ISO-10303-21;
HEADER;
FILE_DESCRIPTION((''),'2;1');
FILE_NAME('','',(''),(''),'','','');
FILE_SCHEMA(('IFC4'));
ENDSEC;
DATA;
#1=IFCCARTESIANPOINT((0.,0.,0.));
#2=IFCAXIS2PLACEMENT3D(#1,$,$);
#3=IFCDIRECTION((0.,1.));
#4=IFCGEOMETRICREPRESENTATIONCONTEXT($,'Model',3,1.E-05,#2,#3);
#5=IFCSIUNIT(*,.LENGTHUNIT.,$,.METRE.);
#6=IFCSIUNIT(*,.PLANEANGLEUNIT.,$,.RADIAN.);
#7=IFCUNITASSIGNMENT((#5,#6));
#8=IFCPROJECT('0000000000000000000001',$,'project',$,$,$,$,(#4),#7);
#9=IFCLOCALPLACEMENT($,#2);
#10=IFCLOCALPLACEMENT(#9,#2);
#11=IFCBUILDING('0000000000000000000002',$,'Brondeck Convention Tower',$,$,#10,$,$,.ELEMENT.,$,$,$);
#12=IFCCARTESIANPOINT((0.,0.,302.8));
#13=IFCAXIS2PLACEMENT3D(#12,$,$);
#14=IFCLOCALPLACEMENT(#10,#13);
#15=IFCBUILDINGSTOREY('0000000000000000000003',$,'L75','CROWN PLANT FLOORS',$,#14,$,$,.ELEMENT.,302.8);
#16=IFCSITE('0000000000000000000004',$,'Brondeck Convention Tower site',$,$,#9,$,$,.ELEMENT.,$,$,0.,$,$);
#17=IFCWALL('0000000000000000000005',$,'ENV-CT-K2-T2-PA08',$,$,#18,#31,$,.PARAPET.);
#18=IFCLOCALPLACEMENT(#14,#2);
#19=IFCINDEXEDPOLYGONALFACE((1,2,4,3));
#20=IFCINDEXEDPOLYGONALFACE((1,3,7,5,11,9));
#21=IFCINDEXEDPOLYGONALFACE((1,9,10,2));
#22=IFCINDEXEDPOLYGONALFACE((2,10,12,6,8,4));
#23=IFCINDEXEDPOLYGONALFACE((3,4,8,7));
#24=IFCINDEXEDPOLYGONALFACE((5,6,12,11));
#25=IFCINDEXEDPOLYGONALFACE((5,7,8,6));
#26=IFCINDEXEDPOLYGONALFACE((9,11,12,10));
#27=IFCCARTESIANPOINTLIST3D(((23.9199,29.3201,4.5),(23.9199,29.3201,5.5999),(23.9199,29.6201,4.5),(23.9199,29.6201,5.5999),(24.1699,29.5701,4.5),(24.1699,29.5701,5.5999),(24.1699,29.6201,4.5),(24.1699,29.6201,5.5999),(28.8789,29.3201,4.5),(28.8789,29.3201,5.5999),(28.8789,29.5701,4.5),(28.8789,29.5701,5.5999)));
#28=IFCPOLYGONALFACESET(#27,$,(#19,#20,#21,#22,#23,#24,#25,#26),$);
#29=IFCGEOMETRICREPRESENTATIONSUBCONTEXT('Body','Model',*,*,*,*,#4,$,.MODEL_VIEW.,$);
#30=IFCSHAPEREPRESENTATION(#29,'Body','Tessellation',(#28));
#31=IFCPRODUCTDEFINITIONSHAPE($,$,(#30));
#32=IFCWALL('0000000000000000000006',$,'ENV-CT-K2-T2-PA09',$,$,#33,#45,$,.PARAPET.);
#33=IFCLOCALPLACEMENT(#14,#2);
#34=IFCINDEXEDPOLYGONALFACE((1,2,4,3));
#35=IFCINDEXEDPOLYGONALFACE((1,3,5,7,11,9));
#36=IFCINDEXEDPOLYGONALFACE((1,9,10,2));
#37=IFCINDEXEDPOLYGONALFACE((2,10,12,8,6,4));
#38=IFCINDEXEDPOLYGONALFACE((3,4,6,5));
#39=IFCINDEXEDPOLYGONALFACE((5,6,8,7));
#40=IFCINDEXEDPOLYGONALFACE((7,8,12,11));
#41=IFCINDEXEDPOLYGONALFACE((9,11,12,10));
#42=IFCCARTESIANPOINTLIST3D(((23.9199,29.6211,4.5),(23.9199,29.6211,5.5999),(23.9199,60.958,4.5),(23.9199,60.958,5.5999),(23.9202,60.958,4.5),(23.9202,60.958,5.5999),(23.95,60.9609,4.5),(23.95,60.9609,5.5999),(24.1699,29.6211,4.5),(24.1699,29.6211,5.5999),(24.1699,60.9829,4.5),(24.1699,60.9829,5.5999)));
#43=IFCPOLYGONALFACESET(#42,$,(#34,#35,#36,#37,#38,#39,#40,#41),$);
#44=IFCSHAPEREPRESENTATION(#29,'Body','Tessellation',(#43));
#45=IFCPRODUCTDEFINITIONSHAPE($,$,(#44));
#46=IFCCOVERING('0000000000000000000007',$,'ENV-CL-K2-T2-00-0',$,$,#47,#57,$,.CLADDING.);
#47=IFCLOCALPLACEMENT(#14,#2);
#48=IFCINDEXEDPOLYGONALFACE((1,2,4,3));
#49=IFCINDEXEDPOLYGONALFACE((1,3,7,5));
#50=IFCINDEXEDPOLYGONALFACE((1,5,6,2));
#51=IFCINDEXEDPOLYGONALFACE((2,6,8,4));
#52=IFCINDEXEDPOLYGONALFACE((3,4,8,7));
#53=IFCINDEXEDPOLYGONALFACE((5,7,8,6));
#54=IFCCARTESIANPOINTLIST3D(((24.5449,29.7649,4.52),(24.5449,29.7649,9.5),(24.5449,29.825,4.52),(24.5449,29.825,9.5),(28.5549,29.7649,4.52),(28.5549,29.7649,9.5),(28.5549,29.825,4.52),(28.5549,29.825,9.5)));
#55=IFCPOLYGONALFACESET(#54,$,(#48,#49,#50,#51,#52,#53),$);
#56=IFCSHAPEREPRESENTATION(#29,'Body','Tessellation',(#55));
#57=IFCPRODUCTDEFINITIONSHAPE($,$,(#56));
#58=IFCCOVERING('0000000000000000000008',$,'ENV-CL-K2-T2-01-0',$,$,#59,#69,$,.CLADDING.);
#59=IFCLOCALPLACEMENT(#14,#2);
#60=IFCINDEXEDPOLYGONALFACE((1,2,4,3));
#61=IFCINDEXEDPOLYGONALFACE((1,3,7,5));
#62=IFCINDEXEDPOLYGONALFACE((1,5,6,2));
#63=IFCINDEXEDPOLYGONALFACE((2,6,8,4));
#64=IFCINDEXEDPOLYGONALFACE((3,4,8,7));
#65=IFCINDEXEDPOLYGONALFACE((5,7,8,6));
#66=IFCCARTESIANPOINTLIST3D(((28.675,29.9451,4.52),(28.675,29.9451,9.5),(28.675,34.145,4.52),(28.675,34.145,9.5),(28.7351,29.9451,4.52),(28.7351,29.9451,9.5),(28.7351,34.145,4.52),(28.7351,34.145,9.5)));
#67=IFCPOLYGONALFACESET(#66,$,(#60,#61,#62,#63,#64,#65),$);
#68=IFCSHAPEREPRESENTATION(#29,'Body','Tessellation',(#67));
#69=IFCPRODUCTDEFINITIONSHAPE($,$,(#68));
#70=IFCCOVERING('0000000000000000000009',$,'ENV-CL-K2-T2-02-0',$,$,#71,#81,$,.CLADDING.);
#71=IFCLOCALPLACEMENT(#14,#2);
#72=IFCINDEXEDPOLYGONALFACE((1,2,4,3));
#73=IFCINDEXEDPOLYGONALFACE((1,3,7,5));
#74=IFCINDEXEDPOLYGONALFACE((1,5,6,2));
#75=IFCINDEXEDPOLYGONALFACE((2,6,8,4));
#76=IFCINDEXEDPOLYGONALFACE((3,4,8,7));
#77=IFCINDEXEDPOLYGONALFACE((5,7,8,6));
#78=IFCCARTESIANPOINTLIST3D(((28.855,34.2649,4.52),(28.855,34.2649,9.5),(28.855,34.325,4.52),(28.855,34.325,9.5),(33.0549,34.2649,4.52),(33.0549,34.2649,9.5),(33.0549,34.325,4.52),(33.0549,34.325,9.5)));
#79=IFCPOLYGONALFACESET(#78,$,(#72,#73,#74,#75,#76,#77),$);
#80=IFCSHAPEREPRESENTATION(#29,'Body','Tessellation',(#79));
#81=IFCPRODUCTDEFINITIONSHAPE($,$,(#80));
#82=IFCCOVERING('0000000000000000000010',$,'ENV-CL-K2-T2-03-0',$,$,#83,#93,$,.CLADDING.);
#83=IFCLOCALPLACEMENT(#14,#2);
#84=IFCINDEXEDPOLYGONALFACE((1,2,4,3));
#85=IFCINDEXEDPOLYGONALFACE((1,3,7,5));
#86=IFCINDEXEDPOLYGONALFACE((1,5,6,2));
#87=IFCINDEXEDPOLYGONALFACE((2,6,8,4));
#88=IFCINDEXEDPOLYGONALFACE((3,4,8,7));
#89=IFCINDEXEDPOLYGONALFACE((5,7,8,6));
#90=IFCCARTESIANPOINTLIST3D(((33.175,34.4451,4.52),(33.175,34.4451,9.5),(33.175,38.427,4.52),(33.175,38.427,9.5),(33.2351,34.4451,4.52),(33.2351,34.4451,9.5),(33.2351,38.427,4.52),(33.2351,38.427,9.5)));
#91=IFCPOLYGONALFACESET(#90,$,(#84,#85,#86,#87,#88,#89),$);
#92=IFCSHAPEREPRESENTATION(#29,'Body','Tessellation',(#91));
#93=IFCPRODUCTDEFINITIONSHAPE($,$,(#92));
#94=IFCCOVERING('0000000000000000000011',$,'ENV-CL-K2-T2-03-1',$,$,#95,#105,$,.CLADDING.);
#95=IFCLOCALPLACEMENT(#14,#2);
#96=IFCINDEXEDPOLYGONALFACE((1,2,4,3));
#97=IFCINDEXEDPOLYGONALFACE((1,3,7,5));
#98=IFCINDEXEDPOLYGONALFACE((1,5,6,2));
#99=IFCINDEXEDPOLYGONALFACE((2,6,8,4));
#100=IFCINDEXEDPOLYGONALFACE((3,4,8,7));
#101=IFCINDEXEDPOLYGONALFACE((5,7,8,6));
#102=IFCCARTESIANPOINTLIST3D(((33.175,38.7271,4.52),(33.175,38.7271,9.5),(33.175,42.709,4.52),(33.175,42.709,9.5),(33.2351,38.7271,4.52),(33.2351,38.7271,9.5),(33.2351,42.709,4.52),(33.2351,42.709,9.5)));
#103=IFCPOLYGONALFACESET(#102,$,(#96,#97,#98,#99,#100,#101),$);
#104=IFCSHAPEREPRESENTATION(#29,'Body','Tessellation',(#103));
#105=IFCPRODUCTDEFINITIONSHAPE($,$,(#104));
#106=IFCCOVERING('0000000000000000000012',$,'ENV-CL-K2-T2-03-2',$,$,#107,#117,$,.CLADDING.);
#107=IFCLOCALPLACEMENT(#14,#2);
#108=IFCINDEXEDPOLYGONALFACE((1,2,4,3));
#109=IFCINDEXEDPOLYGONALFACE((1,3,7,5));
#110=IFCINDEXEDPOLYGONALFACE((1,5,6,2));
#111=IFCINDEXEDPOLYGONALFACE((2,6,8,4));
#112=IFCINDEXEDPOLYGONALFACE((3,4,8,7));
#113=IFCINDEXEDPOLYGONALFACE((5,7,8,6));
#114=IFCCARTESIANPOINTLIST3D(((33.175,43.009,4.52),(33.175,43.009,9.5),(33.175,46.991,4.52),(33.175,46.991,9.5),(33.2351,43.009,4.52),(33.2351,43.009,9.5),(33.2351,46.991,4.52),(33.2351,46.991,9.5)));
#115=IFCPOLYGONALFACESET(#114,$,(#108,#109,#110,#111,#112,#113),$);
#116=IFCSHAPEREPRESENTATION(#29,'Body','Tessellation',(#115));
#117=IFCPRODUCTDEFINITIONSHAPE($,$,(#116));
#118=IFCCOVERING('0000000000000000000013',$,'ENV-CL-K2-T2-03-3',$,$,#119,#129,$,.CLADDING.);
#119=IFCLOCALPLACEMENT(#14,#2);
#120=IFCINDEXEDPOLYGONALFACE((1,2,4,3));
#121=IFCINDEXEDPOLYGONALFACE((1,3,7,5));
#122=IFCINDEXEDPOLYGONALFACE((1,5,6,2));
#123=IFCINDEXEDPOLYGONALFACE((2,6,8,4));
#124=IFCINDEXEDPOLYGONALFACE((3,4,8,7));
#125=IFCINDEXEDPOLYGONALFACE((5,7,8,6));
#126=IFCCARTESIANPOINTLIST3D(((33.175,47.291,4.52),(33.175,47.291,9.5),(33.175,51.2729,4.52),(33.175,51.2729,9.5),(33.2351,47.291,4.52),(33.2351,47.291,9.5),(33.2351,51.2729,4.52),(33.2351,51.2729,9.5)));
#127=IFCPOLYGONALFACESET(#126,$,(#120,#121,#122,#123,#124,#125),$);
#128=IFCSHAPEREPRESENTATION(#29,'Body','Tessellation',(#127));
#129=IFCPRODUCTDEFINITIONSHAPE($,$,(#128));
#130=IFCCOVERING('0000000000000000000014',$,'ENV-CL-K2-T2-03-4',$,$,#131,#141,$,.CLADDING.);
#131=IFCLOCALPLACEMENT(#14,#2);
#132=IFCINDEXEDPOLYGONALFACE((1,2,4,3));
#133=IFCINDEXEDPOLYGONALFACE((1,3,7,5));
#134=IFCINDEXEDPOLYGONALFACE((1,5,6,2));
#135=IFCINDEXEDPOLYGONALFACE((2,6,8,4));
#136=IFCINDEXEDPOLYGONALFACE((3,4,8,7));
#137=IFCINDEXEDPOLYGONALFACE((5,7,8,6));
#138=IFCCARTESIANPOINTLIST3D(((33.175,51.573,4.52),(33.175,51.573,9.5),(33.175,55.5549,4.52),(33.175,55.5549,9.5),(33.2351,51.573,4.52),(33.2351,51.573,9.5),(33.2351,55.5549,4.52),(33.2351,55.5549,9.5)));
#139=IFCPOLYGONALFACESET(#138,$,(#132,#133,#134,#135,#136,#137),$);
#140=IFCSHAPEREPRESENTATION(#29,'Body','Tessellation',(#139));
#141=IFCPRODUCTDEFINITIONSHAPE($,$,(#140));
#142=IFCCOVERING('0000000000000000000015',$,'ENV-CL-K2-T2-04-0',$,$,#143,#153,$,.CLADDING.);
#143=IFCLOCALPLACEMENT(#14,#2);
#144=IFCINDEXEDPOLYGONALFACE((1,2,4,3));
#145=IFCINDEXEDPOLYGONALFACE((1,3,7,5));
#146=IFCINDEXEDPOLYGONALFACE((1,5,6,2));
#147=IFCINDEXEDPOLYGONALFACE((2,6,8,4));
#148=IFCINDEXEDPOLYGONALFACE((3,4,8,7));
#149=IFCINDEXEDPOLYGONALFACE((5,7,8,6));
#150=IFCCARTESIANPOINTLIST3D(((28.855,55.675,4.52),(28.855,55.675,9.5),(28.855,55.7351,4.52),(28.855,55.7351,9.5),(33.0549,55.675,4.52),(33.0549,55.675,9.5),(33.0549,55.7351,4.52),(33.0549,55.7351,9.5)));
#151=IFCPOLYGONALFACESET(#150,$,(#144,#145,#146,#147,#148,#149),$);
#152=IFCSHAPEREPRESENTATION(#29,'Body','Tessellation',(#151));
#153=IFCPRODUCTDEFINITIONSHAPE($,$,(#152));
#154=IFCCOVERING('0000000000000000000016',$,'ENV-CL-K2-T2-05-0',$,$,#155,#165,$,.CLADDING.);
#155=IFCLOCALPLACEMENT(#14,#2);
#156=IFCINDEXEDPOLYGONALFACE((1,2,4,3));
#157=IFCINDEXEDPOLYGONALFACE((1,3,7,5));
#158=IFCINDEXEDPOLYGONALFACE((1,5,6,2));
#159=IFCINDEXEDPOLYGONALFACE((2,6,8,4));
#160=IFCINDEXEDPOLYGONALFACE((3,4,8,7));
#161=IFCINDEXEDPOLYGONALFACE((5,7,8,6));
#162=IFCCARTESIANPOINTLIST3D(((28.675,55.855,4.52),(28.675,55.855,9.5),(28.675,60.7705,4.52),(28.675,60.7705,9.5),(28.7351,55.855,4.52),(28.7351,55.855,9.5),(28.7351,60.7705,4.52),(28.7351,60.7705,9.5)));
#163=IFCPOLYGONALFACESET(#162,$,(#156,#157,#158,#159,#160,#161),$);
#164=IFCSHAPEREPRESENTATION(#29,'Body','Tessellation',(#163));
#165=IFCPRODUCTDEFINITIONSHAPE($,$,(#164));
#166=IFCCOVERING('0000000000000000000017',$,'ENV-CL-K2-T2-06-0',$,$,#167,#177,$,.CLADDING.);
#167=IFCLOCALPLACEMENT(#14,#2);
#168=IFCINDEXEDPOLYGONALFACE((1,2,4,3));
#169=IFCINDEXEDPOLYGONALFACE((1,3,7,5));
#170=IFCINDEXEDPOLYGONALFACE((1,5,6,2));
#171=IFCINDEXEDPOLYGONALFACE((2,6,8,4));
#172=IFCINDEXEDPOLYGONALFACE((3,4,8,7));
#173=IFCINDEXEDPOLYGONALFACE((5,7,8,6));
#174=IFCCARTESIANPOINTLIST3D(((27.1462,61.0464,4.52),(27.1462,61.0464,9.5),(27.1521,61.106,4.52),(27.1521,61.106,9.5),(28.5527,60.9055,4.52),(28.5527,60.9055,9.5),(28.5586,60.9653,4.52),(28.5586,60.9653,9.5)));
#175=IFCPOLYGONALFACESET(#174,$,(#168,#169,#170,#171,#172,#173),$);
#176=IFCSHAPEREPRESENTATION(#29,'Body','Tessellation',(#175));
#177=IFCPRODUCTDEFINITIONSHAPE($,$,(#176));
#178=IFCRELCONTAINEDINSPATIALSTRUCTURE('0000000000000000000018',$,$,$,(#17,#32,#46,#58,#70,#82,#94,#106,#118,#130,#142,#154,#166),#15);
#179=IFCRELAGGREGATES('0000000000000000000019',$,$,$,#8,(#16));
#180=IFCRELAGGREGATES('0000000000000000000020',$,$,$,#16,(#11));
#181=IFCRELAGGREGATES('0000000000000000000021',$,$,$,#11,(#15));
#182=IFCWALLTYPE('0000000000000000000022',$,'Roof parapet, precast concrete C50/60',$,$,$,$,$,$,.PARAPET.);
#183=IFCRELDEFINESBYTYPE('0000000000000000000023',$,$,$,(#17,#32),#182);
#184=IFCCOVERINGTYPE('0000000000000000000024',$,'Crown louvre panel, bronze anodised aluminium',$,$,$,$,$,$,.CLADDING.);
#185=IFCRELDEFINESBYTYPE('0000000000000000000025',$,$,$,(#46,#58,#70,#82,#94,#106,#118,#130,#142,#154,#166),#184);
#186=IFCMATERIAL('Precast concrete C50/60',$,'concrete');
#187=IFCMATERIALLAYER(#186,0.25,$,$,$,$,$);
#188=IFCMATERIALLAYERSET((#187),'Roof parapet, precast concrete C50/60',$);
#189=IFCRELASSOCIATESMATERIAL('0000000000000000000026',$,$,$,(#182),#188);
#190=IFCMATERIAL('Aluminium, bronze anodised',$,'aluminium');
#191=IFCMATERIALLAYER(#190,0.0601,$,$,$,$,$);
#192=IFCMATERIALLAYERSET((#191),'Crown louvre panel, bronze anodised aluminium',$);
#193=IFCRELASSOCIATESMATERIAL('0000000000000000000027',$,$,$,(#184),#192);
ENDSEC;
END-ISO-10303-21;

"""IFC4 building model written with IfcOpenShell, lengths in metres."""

from ifc_helpers import new_model, si_unit, direction, frame, origin, place, context, subcontext, project, spatial, polyline, outline, extrude, material, layer, layer_set, type_object, element, save


model = new_model("IFC4")

# Units and contexts
model_context = context("Model", 3, precision=1e-05, world=origin(), true_north=direction((0.0, 1.0)))
body_context = subcontext(model_context, "Body", "Model", "MODEL_VIEW")
ifc_project = project(units=[si_unit("LENGTHUNIT", "METRE"), si_unit("PLANEANGLEUNIT", "RADIAN")], contexts=[model_context])

# Site, building, storey
site_placement = place(None, origin())
site = spatial("IfcSite", under=ifc_project, at=site_placement, Name="Brondeck Convention Tower site", CompositionType="ELEMENT", RefElevation=0.0)
building_placement = place(site_placement, origin())
building = spatial("IfcBuilding", under=site, at=building_placement, Name="Brondeck Convention Tower", CompositionType="ELEMENT")
storey_placement = place(building_placement, frame((0.0, 0.0, 302.8)))
storey = spatial("IfcBuildingStorey", under=building, at=storey_placement, Name="L75", Description="CROWN PLANT FLOORS", CompositionType="ELEMENT", Elevation=302.8)

# Shared definitions
ifc_material_1 = material(Name="Precast concrete C50/60", Category="concrete")

# Walls
ifc_layer_1 = layer(ifc_material_1, 0.25)
ifc_layer_set_1 = layer_set([ifc_layer_1], Name="Roof parapet, precast concrete C50/60")
wall_type = type_object("IfcWallType", Name="Roof parapet, precast concrete C50/60", PredefinedType="PARAPET", material=ifc_layer_set_1)
wall_1_placement = place(storey_placement, frame((0.0, 0.0, 4.5)))
element("IfcWall", 1, at=wall_1_placement, inside=storey, type_object=wall_type, Name="ENV-CT-K2-T2-PA08", PredefinedType="PARAPET", context=body_context, shape_type="SweptSolid", body=[
    extrude(outline(polyline([(24.1699, 29.5701), (24.1699, 29.6201), (23.9199, 29.6201), (23.9199, 29.3201), (28.8789, 29.3201), (28.8789, 29.3201), (28.8789, 29.5701), (24.1699, 29.5701)])), origin(), (0.0, 0.0, 1.0), 1.0999),
])
wall_2_placement = place(storey_placement, frame((0.0, 0.0, 4.5)))
element("IfcWall", 2, at=wall_2_placement, inside=storey, type_object=wall_type, Name="ENV-CT-K2-T2-PA09", PredefinedType="PARAPET", context=body_context, shape_type="SweptSolid", body=[
    extrude(outline(polyline([(24.1699, 29.6211), (24.1699, 60.9829), (23.95, 60.9609), (23.9202, 60.958), (23.9199, 60.958), (23.9199, 60.958), (23.9199, 29.6211), (23.9199, 29.6211), (24.1699, 29.6211)])), origin(), (0.0, 0.0, 1.0), 1.0999),
])

# Coverings
ifc_material_2 = material(Name="Aluminium, bronze anodised", Category="aluminium")
ifc_layer_2 = layer(ifc_material_2, 0.0601)
ifc_layer_set_2 = layer_set([ifc_layer_2], Name="Crown louvre panel, bronze anodised aluminium")
covering_type = type_object("IfcCoveringType", Name="Crown louvre panel, bronze anodised aluminium", PredefinedType="CLADDING", material=ifc_layer_set_2)
covering_1_placement = place(storey_placement, frame((0.0, 0.0, 4.52)))
element("IfcCovering", 3, at=covering_1_placement, inside=storey, type_object=covering_type, Name="ENV-CL-K2-T2-00-0", PredefinedType="CLADDING", context=body_context, shape_type="SweptSolid", body=[
    extrude(outline(polyline([(28.5549, 29.825), (24.5449, 29.825), (24.5449, 29.7649), (28.5549, 29.7649), (28.5549, 29.825)])), origin(), (0.0, 0.0, 1.0), 4.98),
])
covering_2_placement = place(storey_placement, frame((0.0, 0.0, 4.52)))
element("IfcCovering", 4, at=covering_2_placement, inside=storey, type_object=covering_type, Name="ENV-CL-K2-T2-01-0", PredefinedType="CLADDING", context=body_context, shape_type="SweptSolid", body=[
    extrude(outline(polyline([(28.675, 34.145), (28.675, 29.9451), (28.7351, 29.9451), (28.7351, 34.145), (28.675, 34.145)])), origin(), (0.0, 0.0, 1.0), 4.98),
])
covering_3_placement = place(storey_placement, frame((0.0, 0.0, 4.52)))
element("IfcCovering", 5, at=covering_3_placement, inside=storey, type_object=covering_type, Name="ENV-CL-K2-T2-02-0", PredefinedType="CLADDING", context=body_context, shape_type="SweptSolid", body=[
    extrude(outline(polyline([(33.0549, 34.325), (28.855, 34.325), (28.855, 34.2649), (33.0549, 34.2649), (33.0549, 34.325)])), origin(), (0.0, 0.0, 1.0), 4.98),
])
covering_4_placement = place(storey_placement, frame((0.0, 0.0, 4.52)))
element("IfcCovering", 6, at=covering_4_placement, inside=storey, type_object=covering_type, Name="ENV-CL-K2-T2-03-0", PredefinedType="CLADDING", context=body_context, shape_type="SweptSolid", body=[
    extrude(outline(polyline([(33.175, 38.427), (33.175, 34.4451), (33.2351, 34.4451), (33.2351, 38.427), (33.175, 38.427)])), origin(), (0.0, 0.0, 1.0), 4.98),
])
covering_5_placement = place(storey_placement, frame((0.0, 0.0, 4.52)))
element("IfcCovering", 7, at=covering_5_placement, inside=storey, type_object=covering_type, Name="ENV-CL-K2-T2-03-1", PredefinedType="CLADDING", context=body_context, shape_type="SweptSolid", body=[
    extrude(outline(polyline([(33.175, 42.709), (33.175, 38.7271), (33.2351, 38.7271), (33.2351, 42.709), (33.175, 42.709)])), origin(), (0.0, 0.0, 1.0), 4.98),
])
covering_6_placement = place(storey_placement, frame((0.0, 0.0, 4.52)))
element("IfcCovering", 8, at=covering_6_placement, inside=storey, type_object=covering_type, Name="ENV-CL-K2-T2-03-2", PredefinedType="CLADDING", context=body_context, shape_type="SweptSolid", body=[
    extrude(outline(polyline([(33.175, 46.991), (33.175, 43.009), (33.2351, 43.009), (33.2351, 46.991), (33.175, 46.991)])), origin(), (0.0, 0.0, 1.0), 4.98),
])
covering_7_placement = place(storey_placement, frame((0.0, 0.0, 4.52)))
element("IfcCovering", 9, at=covering_7_placement, inside=storey, type_object=covering_type, Name="ENV-CL-K2-T2-03-3", PredefinedType="CLADDING", context=body_context, shape_type="SweptSolid", body=[
    extrude(outline(polyline([(33.175, 51.2729), (33.175, 47.291), (33.2351, 47.291), (33.2351, 51.2729), (33.175, 51.2729)])), origin(), (0.0, 0.0, 1.0), 4.98),
])
covering_8_placement = place(storey_placement, frame((0.0, 0.0, 4.52)))
element("IfcCovering", 10, at=covering_8_placement, inside=storey, type_object=covering_type, Name="ENV-CL-K2-T2-03-4", PredefinedType="CLADDING", context=body_context, shape_type="SweptSolid", body=[
    extrude(outline(polyline([(33.175, 55.5549), (33.175, 51.573), (33.2351, 51.573), (33.2351, 55.5549), (33.175, 55.5549)])), origin(), (0.0, 0.0, 1.0), 4.98),
])
covering_9_placement = place(storey_placement, frame((0.0, 0.0, 4.52)))
element("IfcCovering", 11, at=covering_9_placement, inside=storey, type_object=covering_type, Name="ENV-CL-K2-T2-04-0", PredefinedType="CLADDING", context=body_context, shape_type="SweptSolid", body=[
    extrude(outline(polyline([(28.855, 55.675), (33.0549, 55.675), (33.0549, 55.7351), (28.855, 55.7351), (28.855, 55.675)])), origin(), (0.0, 0.0, 1.0), 4.98),
])
covering_10_placement = place(storey_placement, frame((0.0, 0.0, 4.52)))
element("IfcCovering", 12, at=covering_10_placement, inside=storey, type_object=covering_type, Name="ENV-CL-K2-T2-05-0", PredefinedType="CLADDING", context=body_context, shape_type="SweptSolid", body=[
    extrude(outline(polyline([(28.675, 60.7705), (28.675, 55.855), (28.7351, 55.855), (28.7351, 60.7705), (28.675, 60.7705)])), origin(), (0.0, 0.0, 1.0), 4.98),
])
covering_11_placement = place(storey_placement, frame((0.0, 0.0, 4.52)))
element("IfcCovering", 13, at=covering_11_placement, inside=storey, type_object=covering_type, Name="ENV-CL-K2-T2-06-0", PredefinedType="CLADDING", context=body_context, shape_type="SweptSolid", body=[
    extrude(outline(polyline([(27.1462, 61.0464), (28.5527, 60.9055), (28.5586, 60.9653), (27.1521, 61.106), (27.1462, 61.0464)])), origin(), (0.0, 0.0, 1.0), 4.98),
])

save(model, "model.ifc")
